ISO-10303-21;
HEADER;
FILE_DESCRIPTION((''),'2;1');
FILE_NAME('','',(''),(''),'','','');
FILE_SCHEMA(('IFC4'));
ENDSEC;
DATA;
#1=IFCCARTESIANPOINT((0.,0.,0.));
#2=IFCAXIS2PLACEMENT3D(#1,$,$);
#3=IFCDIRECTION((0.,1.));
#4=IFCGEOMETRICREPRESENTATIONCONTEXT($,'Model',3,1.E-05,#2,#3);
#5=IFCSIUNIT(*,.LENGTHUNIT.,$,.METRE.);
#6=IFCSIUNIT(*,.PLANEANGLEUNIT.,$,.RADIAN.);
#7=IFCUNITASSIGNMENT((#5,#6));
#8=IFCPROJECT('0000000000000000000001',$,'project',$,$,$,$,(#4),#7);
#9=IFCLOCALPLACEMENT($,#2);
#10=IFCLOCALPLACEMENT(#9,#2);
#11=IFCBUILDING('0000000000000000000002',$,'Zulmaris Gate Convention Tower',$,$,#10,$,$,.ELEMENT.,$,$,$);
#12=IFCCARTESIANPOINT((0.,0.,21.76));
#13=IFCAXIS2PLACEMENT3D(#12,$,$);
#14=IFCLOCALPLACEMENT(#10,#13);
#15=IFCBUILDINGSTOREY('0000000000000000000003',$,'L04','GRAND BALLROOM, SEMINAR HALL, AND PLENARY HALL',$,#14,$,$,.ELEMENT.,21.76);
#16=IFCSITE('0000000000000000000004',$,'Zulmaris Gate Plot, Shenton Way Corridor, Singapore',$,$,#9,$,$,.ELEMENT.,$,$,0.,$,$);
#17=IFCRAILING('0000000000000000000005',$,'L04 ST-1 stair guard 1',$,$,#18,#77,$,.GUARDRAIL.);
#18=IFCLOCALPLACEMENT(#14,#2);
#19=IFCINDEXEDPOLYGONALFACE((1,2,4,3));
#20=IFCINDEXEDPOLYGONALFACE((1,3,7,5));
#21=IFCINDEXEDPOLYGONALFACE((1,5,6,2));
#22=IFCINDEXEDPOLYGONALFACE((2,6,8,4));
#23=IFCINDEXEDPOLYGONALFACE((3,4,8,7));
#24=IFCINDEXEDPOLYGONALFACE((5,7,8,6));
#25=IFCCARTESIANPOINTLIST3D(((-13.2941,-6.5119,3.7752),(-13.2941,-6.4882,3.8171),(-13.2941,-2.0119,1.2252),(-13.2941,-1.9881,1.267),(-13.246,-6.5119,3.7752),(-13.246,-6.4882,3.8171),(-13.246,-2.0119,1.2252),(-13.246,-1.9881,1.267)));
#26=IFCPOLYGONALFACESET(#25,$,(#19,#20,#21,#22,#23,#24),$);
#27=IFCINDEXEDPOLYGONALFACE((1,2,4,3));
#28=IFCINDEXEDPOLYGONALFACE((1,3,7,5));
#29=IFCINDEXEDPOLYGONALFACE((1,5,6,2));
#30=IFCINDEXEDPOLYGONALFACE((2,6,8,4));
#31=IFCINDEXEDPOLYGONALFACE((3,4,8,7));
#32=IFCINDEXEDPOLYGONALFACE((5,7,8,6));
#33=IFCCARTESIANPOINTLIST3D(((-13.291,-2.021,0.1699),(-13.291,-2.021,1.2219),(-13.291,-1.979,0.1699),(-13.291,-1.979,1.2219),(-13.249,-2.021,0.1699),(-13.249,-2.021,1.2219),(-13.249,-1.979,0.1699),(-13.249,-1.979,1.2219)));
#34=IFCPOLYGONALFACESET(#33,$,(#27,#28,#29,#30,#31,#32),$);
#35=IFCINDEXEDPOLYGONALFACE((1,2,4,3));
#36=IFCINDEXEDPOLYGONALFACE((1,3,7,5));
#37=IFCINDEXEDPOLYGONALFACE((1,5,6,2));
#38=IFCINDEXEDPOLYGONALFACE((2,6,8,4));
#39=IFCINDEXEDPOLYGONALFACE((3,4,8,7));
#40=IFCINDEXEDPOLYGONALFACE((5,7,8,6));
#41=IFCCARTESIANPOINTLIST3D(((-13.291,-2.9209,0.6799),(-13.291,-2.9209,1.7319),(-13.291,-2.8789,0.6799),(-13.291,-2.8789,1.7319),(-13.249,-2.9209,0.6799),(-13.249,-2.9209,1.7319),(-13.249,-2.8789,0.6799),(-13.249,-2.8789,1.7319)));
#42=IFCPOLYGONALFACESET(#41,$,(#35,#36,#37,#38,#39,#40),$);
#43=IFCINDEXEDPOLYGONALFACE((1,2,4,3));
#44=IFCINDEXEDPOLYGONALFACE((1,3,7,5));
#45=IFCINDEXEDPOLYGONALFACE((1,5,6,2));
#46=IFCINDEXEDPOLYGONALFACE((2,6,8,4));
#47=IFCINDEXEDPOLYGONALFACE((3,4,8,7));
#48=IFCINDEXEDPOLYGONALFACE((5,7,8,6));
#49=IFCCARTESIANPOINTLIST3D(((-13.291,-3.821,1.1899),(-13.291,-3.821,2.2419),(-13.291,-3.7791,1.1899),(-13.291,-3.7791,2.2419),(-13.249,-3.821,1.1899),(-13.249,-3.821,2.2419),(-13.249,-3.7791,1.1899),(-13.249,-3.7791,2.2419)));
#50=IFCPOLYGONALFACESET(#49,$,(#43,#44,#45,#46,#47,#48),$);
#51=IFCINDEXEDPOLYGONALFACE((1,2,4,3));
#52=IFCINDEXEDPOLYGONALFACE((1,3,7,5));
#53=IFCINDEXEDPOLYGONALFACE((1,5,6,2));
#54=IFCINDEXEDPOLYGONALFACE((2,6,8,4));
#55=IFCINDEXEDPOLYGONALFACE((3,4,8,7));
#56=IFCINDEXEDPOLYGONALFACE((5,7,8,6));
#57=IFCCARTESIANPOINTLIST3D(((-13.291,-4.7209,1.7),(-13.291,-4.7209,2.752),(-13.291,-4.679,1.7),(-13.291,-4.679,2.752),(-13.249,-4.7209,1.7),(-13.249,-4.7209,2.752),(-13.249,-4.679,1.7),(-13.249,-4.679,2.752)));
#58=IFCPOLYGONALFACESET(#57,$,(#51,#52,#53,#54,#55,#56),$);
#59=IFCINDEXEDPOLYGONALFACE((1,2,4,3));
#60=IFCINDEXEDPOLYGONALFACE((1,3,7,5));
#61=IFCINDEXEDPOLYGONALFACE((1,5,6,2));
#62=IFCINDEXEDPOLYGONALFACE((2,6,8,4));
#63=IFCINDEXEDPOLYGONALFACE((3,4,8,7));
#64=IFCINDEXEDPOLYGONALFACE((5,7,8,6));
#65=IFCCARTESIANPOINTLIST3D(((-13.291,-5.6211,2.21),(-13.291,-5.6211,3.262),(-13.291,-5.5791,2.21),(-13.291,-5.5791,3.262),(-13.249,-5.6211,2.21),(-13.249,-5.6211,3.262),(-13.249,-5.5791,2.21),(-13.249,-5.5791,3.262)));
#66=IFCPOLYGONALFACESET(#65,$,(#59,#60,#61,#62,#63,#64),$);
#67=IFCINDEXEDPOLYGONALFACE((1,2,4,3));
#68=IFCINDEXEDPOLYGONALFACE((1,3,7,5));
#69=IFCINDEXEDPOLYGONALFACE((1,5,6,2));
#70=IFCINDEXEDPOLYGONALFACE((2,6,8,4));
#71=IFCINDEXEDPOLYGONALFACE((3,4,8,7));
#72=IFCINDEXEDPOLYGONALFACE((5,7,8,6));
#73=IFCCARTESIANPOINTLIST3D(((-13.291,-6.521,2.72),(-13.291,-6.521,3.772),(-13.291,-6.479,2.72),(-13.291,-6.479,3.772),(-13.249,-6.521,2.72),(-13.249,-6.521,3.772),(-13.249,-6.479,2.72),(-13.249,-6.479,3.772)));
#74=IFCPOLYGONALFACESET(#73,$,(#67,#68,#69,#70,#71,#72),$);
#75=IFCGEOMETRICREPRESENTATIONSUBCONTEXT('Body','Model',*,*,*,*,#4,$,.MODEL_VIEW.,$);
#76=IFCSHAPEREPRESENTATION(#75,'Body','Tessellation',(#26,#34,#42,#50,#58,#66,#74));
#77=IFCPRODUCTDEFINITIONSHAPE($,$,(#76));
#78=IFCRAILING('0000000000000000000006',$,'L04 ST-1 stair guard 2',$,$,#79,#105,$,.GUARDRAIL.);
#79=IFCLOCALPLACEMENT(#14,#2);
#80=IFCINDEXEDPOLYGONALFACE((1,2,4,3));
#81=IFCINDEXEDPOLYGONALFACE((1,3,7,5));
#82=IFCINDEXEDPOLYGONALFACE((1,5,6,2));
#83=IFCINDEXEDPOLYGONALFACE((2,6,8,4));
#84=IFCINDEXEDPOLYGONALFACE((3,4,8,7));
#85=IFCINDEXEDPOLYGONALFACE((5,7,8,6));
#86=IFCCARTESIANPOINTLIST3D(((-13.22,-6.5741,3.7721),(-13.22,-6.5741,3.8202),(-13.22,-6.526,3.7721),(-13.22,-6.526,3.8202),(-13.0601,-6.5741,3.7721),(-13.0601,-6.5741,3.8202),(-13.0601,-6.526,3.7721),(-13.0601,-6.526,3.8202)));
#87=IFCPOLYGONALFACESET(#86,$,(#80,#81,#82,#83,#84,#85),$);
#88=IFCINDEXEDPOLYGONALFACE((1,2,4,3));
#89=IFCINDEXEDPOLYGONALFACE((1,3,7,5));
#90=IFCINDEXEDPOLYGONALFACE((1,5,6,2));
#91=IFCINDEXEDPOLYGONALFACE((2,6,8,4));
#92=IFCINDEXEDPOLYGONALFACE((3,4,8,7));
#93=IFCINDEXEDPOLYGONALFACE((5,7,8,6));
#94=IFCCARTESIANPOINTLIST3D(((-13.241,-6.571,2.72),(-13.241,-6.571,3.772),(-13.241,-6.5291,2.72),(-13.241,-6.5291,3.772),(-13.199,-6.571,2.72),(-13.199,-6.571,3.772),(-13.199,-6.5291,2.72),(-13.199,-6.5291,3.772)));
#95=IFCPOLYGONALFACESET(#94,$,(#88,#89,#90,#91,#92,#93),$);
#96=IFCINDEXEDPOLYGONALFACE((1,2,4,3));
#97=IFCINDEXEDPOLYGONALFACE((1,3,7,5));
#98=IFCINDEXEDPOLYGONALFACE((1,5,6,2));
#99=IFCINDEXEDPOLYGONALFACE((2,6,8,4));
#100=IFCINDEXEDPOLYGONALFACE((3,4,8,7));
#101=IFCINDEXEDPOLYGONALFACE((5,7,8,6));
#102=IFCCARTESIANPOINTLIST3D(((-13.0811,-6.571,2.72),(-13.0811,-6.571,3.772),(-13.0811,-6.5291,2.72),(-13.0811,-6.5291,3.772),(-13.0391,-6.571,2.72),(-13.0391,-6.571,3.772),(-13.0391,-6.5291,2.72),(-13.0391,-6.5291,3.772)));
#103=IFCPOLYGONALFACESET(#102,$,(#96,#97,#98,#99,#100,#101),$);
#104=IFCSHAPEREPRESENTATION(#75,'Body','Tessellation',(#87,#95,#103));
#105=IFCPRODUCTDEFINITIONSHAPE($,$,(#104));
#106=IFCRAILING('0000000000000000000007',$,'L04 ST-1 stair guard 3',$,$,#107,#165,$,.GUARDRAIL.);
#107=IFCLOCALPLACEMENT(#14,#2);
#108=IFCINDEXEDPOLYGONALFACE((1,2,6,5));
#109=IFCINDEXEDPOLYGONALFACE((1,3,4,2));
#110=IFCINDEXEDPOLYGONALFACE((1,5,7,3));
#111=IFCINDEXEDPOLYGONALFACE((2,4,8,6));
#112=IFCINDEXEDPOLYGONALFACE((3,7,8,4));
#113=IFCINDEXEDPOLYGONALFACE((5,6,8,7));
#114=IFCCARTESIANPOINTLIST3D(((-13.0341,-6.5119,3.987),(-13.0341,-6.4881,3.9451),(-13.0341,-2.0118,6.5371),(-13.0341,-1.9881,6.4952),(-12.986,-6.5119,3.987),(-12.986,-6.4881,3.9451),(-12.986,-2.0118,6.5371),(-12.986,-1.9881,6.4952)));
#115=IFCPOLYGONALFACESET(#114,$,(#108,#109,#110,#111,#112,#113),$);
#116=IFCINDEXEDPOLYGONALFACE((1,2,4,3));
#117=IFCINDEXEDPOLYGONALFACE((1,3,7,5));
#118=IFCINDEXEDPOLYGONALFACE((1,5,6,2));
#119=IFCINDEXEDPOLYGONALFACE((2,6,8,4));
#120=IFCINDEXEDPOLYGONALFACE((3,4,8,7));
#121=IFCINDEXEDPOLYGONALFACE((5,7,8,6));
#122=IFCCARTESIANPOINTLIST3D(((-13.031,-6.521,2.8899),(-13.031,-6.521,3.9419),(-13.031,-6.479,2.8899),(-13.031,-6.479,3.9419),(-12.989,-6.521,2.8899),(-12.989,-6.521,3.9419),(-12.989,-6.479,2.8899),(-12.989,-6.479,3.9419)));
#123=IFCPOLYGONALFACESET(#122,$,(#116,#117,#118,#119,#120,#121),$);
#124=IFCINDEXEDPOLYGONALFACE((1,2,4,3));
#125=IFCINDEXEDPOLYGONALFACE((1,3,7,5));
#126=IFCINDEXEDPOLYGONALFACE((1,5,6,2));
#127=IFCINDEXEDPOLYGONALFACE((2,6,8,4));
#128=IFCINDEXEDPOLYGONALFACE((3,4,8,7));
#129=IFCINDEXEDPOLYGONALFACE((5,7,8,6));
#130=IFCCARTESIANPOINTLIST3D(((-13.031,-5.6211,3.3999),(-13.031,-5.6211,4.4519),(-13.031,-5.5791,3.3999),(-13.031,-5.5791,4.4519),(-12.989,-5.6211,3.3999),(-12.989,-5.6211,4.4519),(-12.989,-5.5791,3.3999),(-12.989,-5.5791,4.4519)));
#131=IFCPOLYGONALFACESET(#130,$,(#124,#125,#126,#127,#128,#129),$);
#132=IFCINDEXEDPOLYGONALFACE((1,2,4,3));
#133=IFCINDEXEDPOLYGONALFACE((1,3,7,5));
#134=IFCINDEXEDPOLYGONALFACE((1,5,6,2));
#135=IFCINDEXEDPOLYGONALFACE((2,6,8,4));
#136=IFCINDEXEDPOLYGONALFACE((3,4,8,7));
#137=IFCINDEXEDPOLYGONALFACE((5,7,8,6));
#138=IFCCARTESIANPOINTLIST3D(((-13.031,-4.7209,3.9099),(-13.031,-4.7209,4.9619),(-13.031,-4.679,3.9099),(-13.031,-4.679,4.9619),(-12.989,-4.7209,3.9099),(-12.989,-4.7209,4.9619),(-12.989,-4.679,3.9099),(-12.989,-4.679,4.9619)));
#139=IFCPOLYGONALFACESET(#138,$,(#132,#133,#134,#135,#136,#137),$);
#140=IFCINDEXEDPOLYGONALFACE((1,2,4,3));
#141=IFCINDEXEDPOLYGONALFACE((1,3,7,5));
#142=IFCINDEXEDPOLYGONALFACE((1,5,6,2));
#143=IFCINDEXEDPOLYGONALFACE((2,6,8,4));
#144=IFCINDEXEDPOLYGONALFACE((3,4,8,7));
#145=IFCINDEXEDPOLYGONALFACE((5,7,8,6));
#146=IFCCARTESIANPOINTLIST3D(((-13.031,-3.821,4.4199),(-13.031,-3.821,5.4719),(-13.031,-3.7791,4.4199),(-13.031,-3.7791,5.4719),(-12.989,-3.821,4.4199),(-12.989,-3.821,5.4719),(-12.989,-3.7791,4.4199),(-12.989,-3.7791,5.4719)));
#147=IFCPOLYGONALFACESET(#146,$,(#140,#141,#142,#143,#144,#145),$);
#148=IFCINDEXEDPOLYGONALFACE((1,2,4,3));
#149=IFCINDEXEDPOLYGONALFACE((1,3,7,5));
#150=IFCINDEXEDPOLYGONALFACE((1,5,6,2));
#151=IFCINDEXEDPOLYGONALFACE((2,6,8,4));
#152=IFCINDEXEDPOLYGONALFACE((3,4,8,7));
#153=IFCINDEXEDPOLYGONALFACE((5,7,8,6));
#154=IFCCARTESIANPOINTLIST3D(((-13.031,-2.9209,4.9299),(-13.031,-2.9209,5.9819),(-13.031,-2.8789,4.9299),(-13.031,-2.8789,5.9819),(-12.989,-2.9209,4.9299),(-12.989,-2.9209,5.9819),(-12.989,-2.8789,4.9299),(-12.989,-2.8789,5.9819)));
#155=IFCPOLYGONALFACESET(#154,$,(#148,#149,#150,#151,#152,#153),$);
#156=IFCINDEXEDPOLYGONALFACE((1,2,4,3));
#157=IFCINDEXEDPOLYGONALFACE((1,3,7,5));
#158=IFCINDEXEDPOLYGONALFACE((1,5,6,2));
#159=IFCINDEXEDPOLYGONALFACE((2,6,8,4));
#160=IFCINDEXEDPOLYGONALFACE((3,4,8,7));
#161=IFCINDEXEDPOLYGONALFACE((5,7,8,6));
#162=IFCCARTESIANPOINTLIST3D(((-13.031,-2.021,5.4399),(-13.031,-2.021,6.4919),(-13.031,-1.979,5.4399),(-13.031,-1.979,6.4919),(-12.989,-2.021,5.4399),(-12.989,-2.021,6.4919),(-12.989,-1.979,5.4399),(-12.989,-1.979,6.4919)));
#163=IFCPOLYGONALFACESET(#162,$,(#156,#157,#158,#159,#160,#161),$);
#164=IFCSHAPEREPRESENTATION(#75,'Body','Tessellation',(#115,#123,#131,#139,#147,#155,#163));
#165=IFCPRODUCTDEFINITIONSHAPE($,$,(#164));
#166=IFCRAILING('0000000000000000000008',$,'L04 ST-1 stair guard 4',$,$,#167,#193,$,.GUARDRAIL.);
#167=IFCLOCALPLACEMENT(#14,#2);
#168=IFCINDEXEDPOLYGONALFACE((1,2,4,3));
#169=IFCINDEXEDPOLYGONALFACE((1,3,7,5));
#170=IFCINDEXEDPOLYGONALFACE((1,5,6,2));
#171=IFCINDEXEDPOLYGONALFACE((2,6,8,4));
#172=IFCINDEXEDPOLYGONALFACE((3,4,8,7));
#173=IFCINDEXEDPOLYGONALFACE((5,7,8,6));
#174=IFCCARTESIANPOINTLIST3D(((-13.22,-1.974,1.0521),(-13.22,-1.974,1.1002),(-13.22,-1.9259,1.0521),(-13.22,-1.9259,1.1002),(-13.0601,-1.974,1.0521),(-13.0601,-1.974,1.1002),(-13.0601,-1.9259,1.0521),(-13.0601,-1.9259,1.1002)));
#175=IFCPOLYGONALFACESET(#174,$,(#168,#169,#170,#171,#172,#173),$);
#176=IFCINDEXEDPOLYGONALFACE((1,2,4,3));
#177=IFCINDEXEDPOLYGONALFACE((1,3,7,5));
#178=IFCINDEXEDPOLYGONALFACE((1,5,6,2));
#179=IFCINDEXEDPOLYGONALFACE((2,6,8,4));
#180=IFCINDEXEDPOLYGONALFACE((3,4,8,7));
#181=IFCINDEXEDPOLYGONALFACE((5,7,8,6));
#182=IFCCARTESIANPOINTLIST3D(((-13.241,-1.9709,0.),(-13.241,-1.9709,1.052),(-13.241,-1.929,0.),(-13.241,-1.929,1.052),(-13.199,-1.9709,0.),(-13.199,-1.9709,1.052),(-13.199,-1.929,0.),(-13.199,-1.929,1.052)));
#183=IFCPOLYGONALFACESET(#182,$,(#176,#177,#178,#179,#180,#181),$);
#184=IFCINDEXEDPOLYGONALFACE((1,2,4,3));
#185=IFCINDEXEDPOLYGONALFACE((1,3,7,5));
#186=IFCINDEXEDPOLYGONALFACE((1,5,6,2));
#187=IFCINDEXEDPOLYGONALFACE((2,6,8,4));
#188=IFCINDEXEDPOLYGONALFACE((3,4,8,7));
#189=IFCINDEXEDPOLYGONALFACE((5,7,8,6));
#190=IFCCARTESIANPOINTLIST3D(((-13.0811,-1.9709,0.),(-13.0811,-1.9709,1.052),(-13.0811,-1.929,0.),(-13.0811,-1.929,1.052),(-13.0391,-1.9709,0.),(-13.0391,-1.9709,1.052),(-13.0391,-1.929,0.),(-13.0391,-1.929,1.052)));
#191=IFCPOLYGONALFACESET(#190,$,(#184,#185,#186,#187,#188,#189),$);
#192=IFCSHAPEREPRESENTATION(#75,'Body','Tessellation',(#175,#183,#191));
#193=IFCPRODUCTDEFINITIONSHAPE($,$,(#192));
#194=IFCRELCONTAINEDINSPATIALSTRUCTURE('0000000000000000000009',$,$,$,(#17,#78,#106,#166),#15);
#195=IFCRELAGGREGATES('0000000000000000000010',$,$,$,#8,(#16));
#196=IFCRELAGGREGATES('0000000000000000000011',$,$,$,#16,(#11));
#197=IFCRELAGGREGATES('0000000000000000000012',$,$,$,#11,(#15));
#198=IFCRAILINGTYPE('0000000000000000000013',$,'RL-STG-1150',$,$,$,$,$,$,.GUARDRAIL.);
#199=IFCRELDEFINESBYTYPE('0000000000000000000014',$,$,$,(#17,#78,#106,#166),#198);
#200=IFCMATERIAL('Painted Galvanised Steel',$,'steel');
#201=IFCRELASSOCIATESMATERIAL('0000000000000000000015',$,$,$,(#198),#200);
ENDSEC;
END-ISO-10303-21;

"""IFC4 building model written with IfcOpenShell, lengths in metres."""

from ifc_helpers import new_model, si_unit, direction, frame, origin, origin_2d, place, context, subcontext, project, spatial, rectangle, extrude, material, type_object, element, save


model = new_model("IFC4")

# Units and contexts
model_context = context("Model", 3, precision=1e-05, world=origin(), true_north=direction((0.0, 1.0)))
body_context = subcontext(model_context, "Body", "Model", "MODEL_VIEW")
ifc_project = project(units=[si_unit("LENGTHUNIT", "METRE"), si_unit("PLANEANGLEUNIT", "RADIAN")], contexts=[model_context])

# Site, building, storey
site_placement = place(None, origin())
site = spatial("IfcSite", under=ifc_project, at=site_placement, Name="Zulmaris Gate Plot, Shenton Way Corridor, Singapore", CompositionType="ELEMENT", RefElevation=0.0)
building_placement = place(site_placement, origin())
building = spatial("IfcBuilding", under=site, at=building_placement, Name="Zulmaris Gate Convention Tower", CompositionType="ELEMENT")
storey_placement = place(building_placement, frame((0.0, 0.0, 21.76)))
storey = spatial("IfcBuildingStorey", under=building, at=storey_placement, Name="L04", Description="GRAND BALLROOM, SEMINAR HALL, AND PLENARY HALL", CompositionType="ELEMENT", Elevation=21.76)

# Railings
ifc_material_1 = material(Name="Painted Galvanised Steel", Category="steel")
railing_type_1 = type_object("IfcRailingType", Name="RL-STG-1150", PredefinedType="GUARDRAIL", material=ifc_material_1)
railing_1_placement = place(storey_placement, frame((-13.27, -2.0, 0.1699)))
element("IfcRailing", 1, at=railing_1_placement, inside=storey, type_object=railing_type_1, Name="L04 ST-1 stair guard 1", PredefinedType="GUARDRAIL", context=body_context, shape_type="SweptSolid", body=[
    extrude(rectangle(XDim=0.0481, YDim=0.0481, at=origin_2d()), frame((0.0, 0.0, 1.0762), z_axis=(0.0, -0.870018, 0.49302), x_axis=(1.0, 0.0, 0.0)), (0.0, 0.0, 1.0), 5.1724),
    extrude(rectangle(XDim=0.042, YDim=0.042, at=origin_2d()), origin(), (0.0, 0.0, 1.0), 1.052),
    extrude(rectangle(XDim=0.042, YDim=0.042, at=origin_2d()), frame((0.0, -0.8999, 0.51)), (0.0, 0.0, 1.0), 1.052),
    extrude(rectangle(XDim=0.042, YDim=0.042, at=origin_2d()), frame((0.0, -1.8, 1.02)), (0.0, 0.0, 1.0), 1.052),
    extrude(rectangle(XDim=0.042, YDim=0.042, at=origin_2d()), frame((0.0, -2.7, 1.53)), (0.0, 0.0, 1.0), 1.052),
    extrude(rectangle(XDim=0.042, YDim=0.042, at=origin_2d()), frame((0.0, -3.6001, 2.04)), (0.0, 0.0, 1.0), 1.052),
    extrude(rectangle(XDim=0.042, YDim=0.042, at=origin_2d()), frame((0.0, -4.5, 2.55)), (0.0, 0.0, 1.0), 1.052),
])
railing_2_placement = place(storey_placement, frame((-13.22, -6.55, 2.72)))
element("IfcRailing", 2, at=railing_2_placement, inside=storey, type_object=railing_type_1, Name="L04 ST-1 stair guard 2", PredefinedType="GUARDRAIL", context=body_context, shape_type="SweptSolid", body=[
    extrude(rectangle(XDim=0.0481, YDim=0.0481, at=origin_2d()), frame((0.0, 0.0, 1.0762), z_axis=(1.0, 0.0, 0.0), x_axis=(0.0, 1.0, 0.0)), (0.0, 0.0, 1.0), 0.1599),
    extrude(rectangle(XDim=0.042, YDim=0.042, at=origin_2d()), origin(), (0.0, 0.0, 1.0), 1.052),
    extrude(rectangle(XDim=0.042, YDim=0.042, at=origin_2d()), frame((0.1599, 0.0, 0.0)), (0.0, 0.0, 1.0), 1.052),
])
railing_3_placement = place(storey_placement, frame((-13.01, -6.5, 2.8899)))
element("IfcRailing", 3, at=railing_3_placement, inside=storey, type_object=railing_type_1, Name="L04 ST-1 stair guard 3", PredefinedType="GUARDRAIL", context=body_context, shape_type="SweptSolid", body=[
    extrude(rectangle(XDim=0.0481, YDim=0.0481, at=origin_2d()), frame((0.0, 0.0, 1.0762), z_axis=(0.0, 0.870018, 0.49302), x_axis=(-1.0, 0.0, 0.0)), (0.0, 0.0, 1.0), 5.1724),
    extrude(rectangle(XDim=0.042, YDim=0.042, at=origin_2d()), origin(), (0.0, 0.0, 1.0), 1.052),
    extrude(rectangle(XDim=0.042, YDim=0.042, at=origin_2d()), frame((0.0, 0.8999, 0.51)), (0.0, 0.0, 1.0), 1.052),
    extrude(rectangle(XDim=0.042, YDim=0.042, at=origin_2d()), frame((0.0, 1.8, 1.02)), (0.0, 0.0, 1.0), 1.052),
    extrude(rectangle(XDim=0.042, YDim=0.042, at=origin_2d()), frame((0.0, 2.7, 1.53)), (0.0, 0.0, 1.0), 1.052),
    extrude(rectangle(XDim=0.042, YDim=0.042, at=origin_2d()), frame((0.0, 3.6001, 2.04)), (0.0, 0.0, 1.0), 1.052),
    extrude(rectangle(XDim=0.042, YDim=0.042, at=origin_2d()), frame((0.0, 4.5, 2.55)), (0.0, 0.0, 1.0), 1.052),
])
railing_4_placement = place(storey_placement, frame((-13.22, -1.95, 0.0)))
element("IfcRailing", 4, at=railing_4_placement, inside=storey, type_object=railing_type_1, Name="L04 ST-1 stair guard 4", PredefinedType="GUARDRAIL", context=body_context, shape_type="SweptSolid", body=[
    extrude(rectangle(XDim=0.0481, YDim=0.0481, at=origin_2d()), frame((0.0, 0.0, 1.0762), z_axis=(1.0, 0.0, 0.0), x_axis=(0.0, 1.0, 0.0)), (0.0, 0.0, 1.0), 0.1599),
    extrude(rectangle(XDim=0.042, YDim=0.042, at=origin_2d()), origin(), (0.0, 0.0, 1.0), 1.052),
    extrude(rectangle(XDim=0.042, YDim=0.042, at=origin_2d()), frame((0.1599, 0.0, 0.0)), (0.0, 0.0, 1.0), 1.052),
])

save(model, "model.ifc")
